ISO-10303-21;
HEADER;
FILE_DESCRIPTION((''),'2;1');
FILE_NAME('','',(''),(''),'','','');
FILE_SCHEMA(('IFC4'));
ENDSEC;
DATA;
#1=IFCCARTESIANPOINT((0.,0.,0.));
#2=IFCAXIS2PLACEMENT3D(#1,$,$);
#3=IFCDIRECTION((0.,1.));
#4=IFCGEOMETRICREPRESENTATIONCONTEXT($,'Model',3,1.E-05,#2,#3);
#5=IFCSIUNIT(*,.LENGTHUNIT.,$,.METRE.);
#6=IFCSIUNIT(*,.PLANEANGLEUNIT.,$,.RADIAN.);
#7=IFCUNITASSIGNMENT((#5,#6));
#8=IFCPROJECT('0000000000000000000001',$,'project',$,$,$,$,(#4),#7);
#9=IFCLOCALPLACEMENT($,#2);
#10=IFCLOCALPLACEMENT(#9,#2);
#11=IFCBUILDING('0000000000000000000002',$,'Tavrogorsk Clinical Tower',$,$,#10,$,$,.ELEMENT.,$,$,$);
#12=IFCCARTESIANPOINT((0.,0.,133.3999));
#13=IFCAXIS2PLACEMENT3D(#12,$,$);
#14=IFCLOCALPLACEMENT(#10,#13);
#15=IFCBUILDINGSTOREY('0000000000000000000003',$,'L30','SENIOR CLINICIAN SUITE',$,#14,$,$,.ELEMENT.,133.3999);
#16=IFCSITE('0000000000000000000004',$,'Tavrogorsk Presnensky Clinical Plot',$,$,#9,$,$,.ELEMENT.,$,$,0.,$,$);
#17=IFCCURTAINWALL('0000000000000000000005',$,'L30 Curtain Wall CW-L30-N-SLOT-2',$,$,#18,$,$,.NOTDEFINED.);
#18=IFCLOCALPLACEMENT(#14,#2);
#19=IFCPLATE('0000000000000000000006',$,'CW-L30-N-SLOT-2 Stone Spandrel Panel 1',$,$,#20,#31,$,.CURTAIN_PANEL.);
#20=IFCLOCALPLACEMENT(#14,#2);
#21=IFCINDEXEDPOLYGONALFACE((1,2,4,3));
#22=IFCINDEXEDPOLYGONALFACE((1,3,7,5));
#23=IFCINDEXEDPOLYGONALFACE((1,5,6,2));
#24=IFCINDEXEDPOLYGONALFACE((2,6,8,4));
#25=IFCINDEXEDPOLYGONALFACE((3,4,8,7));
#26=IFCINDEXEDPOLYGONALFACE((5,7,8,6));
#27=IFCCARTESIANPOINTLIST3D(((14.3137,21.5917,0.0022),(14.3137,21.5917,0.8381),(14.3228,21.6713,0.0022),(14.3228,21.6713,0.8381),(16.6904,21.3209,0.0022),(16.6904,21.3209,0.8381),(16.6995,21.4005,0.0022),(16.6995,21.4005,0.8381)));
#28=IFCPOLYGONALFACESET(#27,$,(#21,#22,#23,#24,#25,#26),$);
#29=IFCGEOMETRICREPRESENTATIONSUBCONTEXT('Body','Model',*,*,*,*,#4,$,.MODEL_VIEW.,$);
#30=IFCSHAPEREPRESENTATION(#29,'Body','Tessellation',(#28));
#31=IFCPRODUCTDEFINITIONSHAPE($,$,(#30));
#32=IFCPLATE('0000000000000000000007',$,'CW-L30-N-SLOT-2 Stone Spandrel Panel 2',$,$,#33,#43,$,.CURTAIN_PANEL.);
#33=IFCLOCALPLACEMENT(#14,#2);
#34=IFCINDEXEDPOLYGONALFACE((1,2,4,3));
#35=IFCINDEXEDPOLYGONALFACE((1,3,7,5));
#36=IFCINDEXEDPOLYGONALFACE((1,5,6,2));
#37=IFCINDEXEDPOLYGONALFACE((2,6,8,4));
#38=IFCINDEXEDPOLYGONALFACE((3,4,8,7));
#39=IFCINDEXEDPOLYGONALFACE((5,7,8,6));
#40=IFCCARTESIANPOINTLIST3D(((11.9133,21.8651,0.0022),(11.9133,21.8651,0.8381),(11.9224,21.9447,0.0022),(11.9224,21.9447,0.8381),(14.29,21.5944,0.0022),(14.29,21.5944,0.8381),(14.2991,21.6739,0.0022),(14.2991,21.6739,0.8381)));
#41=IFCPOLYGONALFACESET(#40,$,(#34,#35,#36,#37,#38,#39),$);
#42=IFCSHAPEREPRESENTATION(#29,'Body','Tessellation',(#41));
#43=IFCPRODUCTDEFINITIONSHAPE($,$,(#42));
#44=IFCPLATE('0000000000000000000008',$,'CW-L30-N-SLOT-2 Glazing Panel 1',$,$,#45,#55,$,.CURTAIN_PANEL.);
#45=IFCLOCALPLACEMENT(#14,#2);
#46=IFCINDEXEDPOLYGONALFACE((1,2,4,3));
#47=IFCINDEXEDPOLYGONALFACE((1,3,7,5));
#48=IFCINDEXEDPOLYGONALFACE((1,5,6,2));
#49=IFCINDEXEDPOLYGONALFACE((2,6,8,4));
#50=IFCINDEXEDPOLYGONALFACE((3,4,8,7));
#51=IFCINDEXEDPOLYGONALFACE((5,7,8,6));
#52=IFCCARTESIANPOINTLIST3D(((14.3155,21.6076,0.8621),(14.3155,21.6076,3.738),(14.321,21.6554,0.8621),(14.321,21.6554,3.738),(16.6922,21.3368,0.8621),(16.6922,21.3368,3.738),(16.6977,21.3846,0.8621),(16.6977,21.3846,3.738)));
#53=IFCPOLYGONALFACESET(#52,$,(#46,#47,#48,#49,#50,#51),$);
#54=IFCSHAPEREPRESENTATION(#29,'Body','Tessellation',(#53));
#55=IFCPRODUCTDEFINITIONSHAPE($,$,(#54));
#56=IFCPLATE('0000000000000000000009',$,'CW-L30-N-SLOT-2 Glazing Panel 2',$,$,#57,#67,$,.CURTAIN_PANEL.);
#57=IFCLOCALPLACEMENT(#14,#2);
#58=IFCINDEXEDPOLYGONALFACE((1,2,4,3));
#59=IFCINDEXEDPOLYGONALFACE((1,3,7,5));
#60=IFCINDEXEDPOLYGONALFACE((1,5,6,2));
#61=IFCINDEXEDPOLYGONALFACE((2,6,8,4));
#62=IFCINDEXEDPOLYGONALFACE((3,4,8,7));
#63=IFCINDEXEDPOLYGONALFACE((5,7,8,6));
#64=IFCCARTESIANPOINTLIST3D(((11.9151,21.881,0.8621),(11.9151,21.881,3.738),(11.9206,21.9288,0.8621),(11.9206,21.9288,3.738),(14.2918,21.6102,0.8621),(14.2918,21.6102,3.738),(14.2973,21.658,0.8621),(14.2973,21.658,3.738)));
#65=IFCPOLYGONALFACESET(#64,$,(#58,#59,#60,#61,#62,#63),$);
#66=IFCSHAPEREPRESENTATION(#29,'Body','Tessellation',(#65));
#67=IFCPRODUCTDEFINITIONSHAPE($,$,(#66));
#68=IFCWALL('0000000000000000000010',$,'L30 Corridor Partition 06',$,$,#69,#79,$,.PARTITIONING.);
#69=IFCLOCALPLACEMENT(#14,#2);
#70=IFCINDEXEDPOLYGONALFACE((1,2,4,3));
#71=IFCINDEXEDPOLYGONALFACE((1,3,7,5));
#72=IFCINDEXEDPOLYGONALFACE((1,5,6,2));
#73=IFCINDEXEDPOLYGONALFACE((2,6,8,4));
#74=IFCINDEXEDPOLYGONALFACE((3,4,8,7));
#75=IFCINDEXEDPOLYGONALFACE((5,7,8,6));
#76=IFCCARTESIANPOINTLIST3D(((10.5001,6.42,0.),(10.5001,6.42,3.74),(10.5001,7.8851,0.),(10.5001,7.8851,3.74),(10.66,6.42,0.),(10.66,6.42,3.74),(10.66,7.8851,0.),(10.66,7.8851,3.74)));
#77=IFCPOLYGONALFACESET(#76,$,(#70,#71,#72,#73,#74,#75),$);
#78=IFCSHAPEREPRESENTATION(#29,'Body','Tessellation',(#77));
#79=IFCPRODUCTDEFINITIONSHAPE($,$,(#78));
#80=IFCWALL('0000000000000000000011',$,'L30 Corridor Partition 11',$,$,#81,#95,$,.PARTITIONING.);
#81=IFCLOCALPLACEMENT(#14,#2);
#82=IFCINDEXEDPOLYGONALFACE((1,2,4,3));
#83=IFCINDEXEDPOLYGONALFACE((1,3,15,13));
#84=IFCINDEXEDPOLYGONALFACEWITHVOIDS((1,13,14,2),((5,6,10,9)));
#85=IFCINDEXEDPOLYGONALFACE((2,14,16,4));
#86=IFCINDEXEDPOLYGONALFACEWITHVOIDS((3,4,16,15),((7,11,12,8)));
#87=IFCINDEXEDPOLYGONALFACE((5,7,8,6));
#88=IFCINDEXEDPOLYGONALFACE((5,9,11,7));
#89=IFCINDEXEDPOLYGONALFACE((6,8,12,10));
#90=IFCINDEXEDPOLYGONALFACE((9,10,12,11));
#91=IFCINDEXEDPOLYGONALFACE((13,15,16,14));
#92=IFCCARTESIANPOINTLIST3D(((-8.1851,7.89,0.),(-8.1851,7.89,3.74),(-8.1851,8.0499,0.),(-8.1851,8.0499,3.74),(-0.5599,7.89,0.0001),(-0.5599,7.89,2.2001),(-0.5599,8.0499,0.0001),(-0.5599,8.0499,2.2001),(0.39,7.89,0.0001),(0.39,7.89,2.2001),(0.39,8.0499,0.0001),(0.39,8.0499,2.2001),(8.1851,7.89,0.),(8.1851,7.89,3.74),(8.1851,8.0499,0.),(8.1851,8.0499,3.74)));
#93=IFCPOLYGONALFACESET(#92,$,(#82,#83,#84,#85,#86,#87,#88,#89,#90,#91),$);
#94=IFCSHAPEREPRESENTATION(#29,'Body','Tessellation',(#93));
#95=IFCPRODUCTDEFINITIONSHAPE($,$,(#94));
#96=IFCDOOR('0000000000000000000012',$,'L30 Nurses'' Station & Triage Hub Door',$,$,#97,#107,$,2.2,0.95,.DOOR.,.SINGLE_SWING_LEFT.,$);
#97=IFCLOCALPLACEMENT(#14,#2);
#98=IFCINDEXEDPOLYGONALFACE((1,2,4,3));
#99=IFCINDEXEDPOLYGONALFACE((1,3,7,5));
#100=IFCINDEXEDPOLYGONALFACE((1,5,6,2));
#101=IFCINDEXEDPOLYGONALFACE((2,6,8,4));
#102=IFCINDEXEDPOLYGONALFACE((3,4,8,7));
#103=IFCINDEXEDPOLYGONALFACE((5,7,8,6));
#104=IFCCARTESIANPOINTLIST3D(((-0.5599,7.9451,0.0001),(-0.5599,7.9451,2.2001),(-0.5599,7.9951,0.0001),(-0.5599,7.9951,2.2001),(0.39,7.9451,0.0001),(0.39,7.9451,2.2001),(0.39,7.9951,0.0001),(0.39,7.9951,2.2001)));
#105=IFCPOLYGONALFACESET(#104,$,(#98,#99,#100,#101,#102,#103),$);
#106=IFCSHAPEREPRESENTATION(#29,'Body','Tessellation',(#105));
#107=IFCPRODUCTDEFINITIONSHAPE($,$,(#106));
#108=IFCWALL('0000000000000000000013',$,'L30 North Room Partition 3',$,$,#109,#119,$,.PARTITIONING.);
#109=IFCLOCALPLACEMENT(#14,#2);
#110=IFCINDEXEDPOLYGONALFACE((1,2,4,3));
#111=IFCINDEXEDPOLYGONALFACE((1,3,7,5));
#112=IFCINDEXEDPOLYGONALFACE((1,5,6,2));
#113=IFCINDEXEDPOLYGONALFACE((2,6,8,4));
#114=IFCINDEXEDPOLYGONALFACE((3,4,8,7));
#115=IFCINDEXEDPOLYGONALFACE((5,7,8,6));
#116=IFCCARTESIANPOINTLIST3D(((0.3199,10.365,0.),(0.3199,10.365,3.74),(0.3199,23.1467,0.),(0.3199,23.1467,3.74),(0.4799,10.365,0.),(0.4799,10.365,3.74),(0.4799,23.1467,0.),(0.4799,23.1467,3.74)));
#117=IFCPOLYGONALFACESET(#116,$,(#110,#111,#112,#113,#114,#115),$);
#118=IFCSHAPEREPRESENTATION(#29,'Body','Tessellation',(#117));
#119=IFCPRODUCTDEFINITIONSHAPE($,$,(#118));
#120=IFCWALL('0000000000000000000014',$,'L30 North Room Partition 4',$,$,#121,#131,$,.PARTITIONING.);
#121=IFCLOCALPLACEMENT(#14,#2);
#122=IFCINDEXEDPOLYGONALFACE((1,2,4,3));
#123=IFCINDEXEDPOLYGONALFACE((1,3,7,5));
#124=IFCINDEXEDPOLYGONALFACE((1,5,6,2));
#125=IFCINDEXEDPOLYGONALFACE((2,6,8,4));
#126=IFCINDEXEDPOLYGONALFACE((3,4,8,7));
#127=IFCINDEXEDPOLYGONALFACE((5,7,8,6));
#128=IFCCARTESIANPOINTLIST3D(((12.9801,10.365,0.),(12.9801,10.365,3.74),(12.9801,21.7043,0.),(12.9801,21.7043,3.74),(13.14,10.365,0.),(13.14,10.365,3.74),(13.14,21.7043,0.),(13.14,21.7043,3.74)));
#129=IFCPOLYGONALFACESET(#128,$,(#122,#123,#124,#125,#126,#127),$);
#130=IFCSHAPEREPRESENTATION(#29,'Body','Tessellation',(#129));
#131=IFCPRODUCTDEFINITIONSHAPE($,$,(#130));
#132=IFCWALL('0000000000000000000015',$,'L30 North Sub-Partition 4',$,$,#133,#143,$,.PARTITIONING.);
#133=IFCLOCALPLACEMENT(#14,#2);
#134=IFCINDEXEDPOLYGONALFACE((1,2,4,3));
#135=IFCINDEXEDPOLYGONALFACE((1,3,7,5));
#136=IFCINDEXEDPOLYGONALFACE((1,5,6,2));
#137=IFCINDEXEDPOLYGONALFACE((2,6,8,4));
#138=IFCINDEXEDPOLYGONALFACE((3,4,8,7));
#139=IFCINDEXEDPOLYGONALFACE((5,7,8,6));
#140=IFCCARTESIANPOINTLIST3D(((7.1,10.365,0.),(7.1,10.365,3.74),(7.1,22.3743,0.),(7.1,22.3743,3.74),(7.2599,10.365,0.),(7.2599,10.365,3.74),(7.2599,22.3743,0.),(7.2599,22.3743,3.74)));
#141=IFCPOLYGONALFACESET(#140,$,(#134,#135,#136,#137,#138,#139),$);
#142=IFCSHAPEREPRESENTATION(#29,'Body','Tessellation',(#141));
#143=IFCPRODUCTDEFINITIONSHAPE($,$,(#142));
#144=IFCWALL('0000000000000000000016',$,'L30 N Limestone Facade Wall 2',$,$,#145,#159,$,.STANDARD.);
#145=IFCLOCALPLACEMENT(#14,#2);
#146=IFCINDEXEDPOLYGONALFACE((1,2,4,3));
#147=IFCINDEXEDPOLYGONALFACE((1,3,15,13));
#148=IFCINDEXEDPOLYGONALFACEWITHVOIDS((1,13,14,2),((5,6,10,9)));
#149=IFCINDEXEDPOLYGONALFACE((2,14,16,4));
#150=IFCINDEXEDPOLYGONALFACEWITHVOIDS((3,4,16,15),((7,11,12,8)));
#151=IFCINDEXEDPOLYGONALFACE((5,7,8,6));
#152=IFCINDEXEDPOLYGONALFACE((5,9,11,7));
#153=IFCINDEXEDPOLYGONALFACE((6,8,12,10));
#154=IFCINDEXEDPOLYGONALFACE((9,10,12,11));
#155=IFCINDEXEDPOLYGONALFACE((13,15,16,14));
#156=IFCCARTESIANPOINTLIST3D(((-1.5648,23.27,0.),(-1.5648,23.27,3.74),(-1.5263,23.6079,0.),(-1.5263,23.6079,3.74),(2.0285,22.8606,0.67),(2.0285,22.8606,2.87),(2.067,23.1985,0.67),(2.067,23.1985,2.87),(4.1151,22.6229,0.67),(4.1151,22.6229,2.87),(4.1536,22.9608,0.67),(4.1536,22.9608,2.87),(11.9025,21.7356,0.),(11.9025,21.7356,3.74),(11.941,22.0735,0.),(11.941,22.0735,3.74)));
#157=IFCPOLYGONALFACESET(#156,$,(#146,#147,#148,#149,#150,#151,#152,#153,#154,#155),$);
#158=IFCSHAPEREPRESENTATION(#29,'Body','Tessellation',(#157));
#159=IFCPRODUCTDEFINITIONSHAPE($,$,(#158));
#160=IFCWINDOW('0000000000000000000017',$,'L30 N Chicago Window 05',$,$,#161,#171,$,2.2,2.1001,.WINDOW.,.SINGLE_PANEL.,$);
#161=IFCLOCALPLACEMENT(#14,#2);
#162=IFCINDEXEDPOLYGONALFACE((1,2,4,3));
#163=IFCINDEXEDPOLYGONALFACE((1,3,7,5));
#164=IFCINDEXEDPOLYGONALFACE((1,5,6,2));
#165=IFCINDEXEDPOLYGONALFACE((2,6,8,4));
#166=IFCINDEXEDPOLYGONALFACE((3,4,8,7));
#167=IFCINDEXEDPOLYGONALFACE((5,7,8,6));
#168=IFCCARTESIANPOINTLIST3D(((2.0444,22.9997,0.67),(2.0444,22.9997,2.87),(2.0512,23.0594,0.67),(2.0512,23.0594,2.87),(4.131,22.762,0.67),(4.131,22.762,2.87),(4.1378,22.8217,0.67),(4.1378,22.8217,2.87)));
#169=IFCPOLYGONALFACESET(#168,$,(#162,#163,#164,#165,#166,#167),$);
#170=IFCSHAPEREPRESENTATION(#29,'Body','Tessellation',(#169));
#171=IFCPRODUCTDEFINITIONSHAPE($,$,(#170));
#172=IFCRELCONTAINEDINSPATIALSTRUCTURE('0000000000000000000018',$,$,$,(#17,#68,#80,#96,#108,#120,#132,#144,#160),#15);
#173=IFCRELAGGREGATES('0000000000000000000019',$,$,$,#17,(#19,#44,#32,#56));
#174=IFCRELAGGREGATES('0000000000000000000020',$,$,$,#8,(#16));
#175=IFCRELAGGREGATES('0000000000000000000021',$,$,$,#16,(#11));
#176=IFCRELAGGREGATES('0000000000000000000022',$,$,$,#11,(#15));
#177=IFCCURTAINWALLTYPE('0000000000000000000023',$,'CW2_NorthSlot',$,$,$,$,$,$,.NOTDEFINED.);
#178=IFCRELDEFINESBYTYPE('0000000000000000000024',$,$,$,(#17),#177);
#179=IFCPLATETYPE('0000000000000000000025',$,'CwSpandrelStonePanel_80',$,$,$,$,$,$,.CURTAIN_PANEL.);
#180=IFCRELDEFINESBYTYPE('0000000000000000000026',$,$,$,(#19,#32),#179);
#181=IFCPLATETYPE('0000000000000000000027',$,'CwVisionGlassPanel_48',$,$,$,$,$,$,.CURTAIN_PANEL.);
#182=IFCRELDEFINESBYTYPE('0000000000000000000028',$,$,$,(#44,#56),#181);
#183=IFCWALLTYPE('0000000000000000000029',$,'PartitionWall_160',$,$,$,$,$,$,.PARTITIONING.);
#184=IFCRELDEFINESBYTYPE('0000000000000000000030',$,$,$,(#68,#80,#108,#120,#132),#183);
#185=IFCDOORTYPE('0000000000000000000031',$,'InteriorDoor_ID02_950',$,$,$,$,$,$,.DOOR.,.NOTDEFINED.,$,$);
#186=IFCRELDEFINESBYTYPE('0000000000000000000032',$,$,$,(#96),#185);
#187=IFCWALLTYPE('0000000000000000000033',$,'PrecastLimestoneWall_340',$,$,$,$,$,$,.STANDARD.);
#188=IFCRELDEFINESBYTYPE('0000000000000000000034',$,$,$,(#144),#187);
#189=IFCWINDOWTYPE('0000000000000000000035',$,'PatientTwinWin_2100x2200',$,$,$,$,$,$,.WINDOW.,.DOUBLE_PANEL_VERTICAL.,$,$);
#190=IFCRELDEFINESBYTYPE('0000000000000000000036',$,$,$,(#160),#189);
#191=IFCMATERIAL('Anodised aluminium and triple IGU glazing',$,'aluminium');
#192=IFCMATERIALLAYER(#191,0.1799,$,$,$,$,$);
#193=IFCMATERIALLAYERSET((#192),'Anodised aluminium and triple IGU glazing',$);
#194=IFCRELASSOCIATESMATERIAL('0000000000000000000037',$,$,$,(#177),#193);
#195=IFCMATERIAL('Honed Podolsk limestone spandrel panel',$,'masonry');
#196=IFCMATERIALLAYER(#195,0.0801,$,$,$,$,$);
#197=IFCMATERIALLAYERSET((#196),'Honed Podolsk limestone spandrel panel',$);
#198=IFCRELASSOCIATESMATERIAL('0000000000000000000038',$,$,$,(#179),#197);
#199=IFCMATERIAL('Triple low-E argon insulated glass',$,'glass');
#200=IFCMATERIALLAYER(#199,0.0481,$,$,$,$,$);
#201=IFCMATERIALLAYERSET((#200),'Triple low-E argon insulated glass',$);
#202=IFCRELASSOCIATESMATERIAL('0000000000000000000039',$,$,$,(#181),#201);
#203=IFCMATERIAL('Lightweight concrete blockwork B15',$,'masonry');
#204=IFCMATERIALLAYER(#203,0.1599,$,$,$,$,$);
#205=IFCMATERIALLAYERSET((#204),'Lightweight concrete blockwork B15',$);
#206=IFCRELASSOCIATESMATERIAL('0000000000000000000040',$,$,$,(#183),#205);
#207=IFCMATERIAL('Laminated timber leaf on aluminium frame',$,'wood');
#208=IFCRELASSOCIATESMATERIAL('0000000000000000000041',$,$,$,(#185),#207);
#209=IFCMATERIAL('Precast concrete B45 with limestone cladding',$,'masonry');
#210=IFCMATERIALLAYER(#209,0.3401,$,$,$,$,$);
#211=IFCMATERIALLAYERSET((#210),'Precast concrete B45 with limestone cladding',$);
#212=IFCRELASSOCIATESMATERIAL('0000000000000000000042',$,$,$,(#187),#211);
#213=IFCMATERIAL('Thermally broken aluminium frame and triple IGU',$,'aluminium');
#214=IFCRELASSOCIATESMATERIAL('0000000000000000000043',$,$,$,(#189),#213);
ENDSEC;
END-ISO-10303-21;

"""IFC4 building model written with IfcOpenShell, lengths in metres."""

from ifc_helpers import new_model, si_unit, direction, frame, frame_2d, origin, origin_2d, place, context, subcontext, project, spatial, rectangle, extrude, material, layer, layer_set, type_object, element, fill, aggregate, save


model = new_model("IFC4")

# Units and contexts
model_context = context("Model", 3, precision=1e-05, world=origin(), true_north=direction((0.0, 1.0)))
body_context = subcontext(model_context, "Body", "Model", "MODEL_VIEW")
ifc_project = project(units=[si_unit("LENGTHUNIT", "METRE"), si_unit("PLANEANGLEUNIT", "RADIAN")], contexts=[model_context])

# Site, building, storey
site_placement = place(None, origin())
site = spatial("IfcSite", under=ifc_project, at=site_placement, Name="Tavrogorsk Presnensky Clinical Plot", CompositionType="ELEMENT", RefElevation=0.0)
building_placement = place(site_placement, origin())
building = spatial("IfcBuilding", under=site, at=building_placement, Name="Tavrogorsk Clinical Tower", CompositionType="ELEMENT")
storey_placement = place(building_placement, frame((0.0, 0.0, 133.3999)))
storey = spatial("IfcBuildingStorey", under=building, at=storey_placement, Name="L30", Description="SENIOR CLINICIAN SUITE", CompositionType="ELEMENT", Elevation=133.3999)

# Curtain wall
ifc_material_1 = material(Name="Anodised aluminium and triple IGU glazing", Category="aluminium")
ifc_layer_1 = layer(ifc_material_1, 0.1799)
ifc_layer_set_1 = layer_set([ifc_layer_1], Name="Anodised aluminium and triple IGU glazing")
curtain_wall_type = type_object("IfcCurtainWallType", Name="CW2_NorthSlot", PredefinedType="NOTDEFINED", material=ifc_layer_set_1)
curtain_wall_placement = place(storey_placement, origin())
curtain_wall = element("IfcCurtainWall", 1, at=curtain_wall_placement, inside=storey, type_object=curtain_wall_type, Name="L30 Curtain Wall CW-L30-N-SLOT-2", PredefinedType="NOTDEFINED")

# Plates
ifc_material_2 = material(Name="Honed Podolsk limestone spandrel panel", Category="masonry")
ifc_layer_2 = layer(ifc_material_2, 0.0801)
ifc_layer_set_2 = layer_set([ifc_layer_2], Name="Honed Podolsk limestone spandrel panel")
plate_type_1 = type_object("IfcPlateType", Name="CwSpandrelStonePanel_80", PredefinedType="CURTAIN_PANEL", material=ifc_layer_set_2)
plate_1_placement = place(storey_placement, frame((15.5066, 21.4961, 0.0022), z_axis=(0.0, 0.0, 1.0), x_axis=(-0.993572, 0.113203, 0.0)))
plate_1 = element("IfcPlate", 2, at=plate_1_placement, type_object=plate_type_1, Name="CW-L30-N-SLOT-2 Stone Spandrel Panel 1", PredefinedType="CURTAIN_PANEL", context=body_context, shape_type="SweptSolid", body=[
    extrude(rectangle(XDim=2.3921, YDim=0.0801, at=origin_2d()), origin(), (0.0, 0.0, 1.0), 0.8359),
])
plate_2_placement = place(storey_placement, frame((13.1062, 21.7695, 0.0022), z_axis=(0.0, 0.0, 1.0), x_axis=(-0.993572, 0.113203, 0.0)))
plate_2 = element("IfcPlate", 3, at=plate_2_placement, type_object=plate_type_1, Name="CW-L30-N-SLOT-2 Stone Spandrel Panel 2", PredefinedType="CURTAIN_PANEL", context=body_context, shape_type="SweptSolid", body=[
    extrude(rectangle(XDim=2.3921, YDim=0.0801, at=origin_2d()), origin(), (0.0, 0.0, 1.0), 0.8359),
])
ifc_material_3 = material(Name="Triple low-E argon insulated glass", Category="glass")
ifc_layer_3 = layer(ifc_material_3, 0.0481)
ifc_layer_set_3 = layer_set([ifc_layer_3], Name="Triple low-E argon insulated glass")
plate_type_2 = type_object("IfcPlateType", Name="CwVisionGlassPanel_48", PredefinedType="CURTAIN_PANEL", material=ifc_layer_set_3)
plate_3_placement = place(storey_placement, frame((15.5066, 21.4961, 0.8621), z_axis=(0.0, 0.0, 1.0), x_axis=(-0.993572, 0.113203, 0.0)))
plate_3 = element("IfcPlate", 4, at=plate_3_placement, type_object=plate_type_2, Name="CW-L30-N-SLOT-2 Glazing Panel 1", PredefinedType="CURTAIN_PANEL", context=body_context, shape_type="SweptSolid", body=[
    extrude(rectangle(XDim=2.3921, YDim=0.0481, at=origin_2d()), origin(), (0.0, 0.0, 1.0), 2.876),
])
plate_4_placement = place(storey_placement, frame((13.1062, 21.7695, 0.8621), z_axis=(0.0, 0.0, 1.0), x_axis=(-0.993572, 0.113203, 0.0)))
plate_4 = element("IfcPlate", 5, at=plate_4_placement, type_object=plate_type_2, Name="CW-L30-N-SLOT-2 Glazing Panel 2", PredefinedType="CURTAIN_PANEL", context=body_context, shape_type="SweptSolid", body=[
    extrude(rectangle(XDim=2.3921, YDim=0.0481, at=origin_2d()), origin(), (0.0, 0.0, 1.0), 2.876),
])
aggregate(curtain_wall, [plate_1, plate_3, plate_2, plate_4])

# Wall
ifc_material_4 = material(Name="Lightweight concrete blockwork B15", Category="masonry")
ifc_layer_4 = layer(ifc_material_4, 0.1599)
ifc_layer_set_4 = layer_set([ifc_layer_4], Name="Lightweight concrete blockwork B15")
wall_type_1 = type_object("IfcWallType", Name="PartitionWall_160", PredefinedType="PARTITIONING", material=ifc_layer_set_4)
wall_1_placement = place(storey_placement, frame((10.5801, 7.885, 0.0), z_axis=(0.0, 0.0, 1.0), x_axis=(0.0, -1.0, 0.0)))
element("IfcWall", 6, at=wall_1_placement, inside=storey, type_object=wall_type_1, Name="L30 Corridor Partition 06", PredefinedType="PARTITIONING", context=body_context, shape_type="SweptSolid", body=[
    extrude(rectangle(XDim=1.4651, YDim=0.1599, at=frame_2d((0.7324, 0.0))), origin(), (0.0, 0.0, 1.0), 3.74),
])

# Wall, opening, door
wall_2_placement = place(storey_placement, frame((8.1851, 7.97, 0.0), z_axis=(0.0, 0.0, 1.0), x_axis=(-1.0, 0.0, 0.0)))
wall_2 = element("IfcWall", 7, at=wall_2_placement, inside=storey, type_object=wall_type_1, Name="L30 Corridor Partition 11", PredefinedType="PARTITIONING", context=body_context, shape_type="SweptSolid", body=[
    extrude(rectangle(XDim=16.3701, YDim=0.1599, at=frame_2d((8.1851, 0.0))), origin(), (0.0, 0.0, 1.0), 3.74),
])
opening_1_placement = place(wall_2_placement, frame((7.7949, 0.0, 0.0)))
opening_1 = element("IfcOpeningElement", 8, at=opening_1_placement, cuts=wall_2, PredefinedType="OPENING", context=body_context, shape_type="SweptSolid", body=[
    extrude(rectangle(XDim=0.95, YDim=2.2, at=frame_2d((0.4751, 1.1001))), frame((0.0, 0.0898, 0.0), z_axis=(0.0, -1.0, 0.0), x_axis=(1.0, 0.0, 0.0)), (0.0, 0.0, 1.0), 0.1799),
])
ifc_material_5 = material(Name="Laminated timber leaf on aluminium frame", Category="wood")
door_type = type_object("IfcDoorType", Name="InteriorDoor_ID02_950", OperationType="NOTDEFINED", PredefinedType="DOOR", material=ifc_material_5)
door_placement = place(opening_1_placement, origin())
door = element("IfcDoor", 9, at=door_placement, inside=storey, type_object=door_type, Name="L30 Nurses' Station & Triage Hub Door", OperationType="SINGLE_SWING_LEFT", OverallHeight=2.2, OverallWidth=0.95, PredefinedType="DOOR", context=body_context, shape_type="SweptSolid", body=[
    extrude(rectangle(XDim=0.95, YDim=2.2, at=frame_2d((0.4751, 1.1001))), frame((0.0, 0.0249, 0.0), z_axis=(0.0, -1.0, 0.0), x_axis=(1.0, 0.0, 0.0)), (0.0, 0.0, 1.0), 0.05),
])
fill(opening_1, door)

# Walls
wall_3_placement = place(storey_placement, frame((0.3999, 10.365, 0.0), z_axis=(0.0, 0.0, 1.0), x_axis=(0.0, 1.0, 0.0)))
element("IfcWall", 10, at=wall_3_placement, inside=storey, type_object=wall_type_1, Name="L30 North Room Partition 3", PredefinedType="PARTITIONING", context=body_context, shape_type="SweptSolid", body=[
    extrude(rectangle(XDim=12.7817, YDim=0.1599, at=frame_2d((6.3909, 0.0))), origin(), (0.0, 0.0, 1.0), 3.74),
])
wall_4_placement = place(storey_placement, frame((13.0601, 10.365, 0.0), z_axis=(0.0, 0.0, 1.0), x_axis=(0.0, 1.0, 0.0)))
element("IfcWall", 11, at=wall_4_placement, inside=storey, type_object=wall_type_1, Name="L30 North Room Partition 4", PredefinedType="PARTITIONING", context=body_context, shape_type="SweptSolid", body=[
    extrude(rectangle(XDim=11.3394, YDim=0.1599, at=frame_2d((5.6697, 0.0))), origin(), (0.0, 0.0, 1.0), 3.74),
])
wall_5_placement = place(storey_placement, frame((7.1799, 10.365, 0.0), z_axis=(0.0, 0.0, 1.0), x_axis=(0.0, 1.0, 0.0)))
element("IfcWall", 12, at=wall_5_placement, inside=storey, type_object=wall_type_1, Name="L30 North Sub-Partition 4", PredefinedType="PARTITIONING", context=body_context, shape_type="SweptSolid", body=[
    extrude(rectangle(XDim=12.0093, YDim=0.1599, at=frame_2d((6.0046, 0.0))), origin(), (0.0, 0.0, 1.0), 3.74),
])

# Wall, opening, window
ifc_material_6 = material(Name="Precast concrete B45 with limestone cladding", Category="masonry")
ifc_layer_5 = layer(ifc_material_6, 0.3401)
ifc_layer_set_5 = layer_set([ifc_layer_5], Name="Precast concrete B45 with limestone cladding")
wall_type_2 = type_object("IfcWallType", Name="PrecastLimestoneWall_340", PredefinedType="STANDARD", material=ifc_layer_set_5)
wall_6_placement = place(storey_placement, frame((11.9219, 21.9045, 0.0), z_axis=(0.0, 0.0, 1.0), x_axis=(-0.993572, 0.113205, 0.0)))
wall_6 = element("IfcWall", 13, at=wall_6_placement, inside=storey, type_object=wall_type_2, Name="L30 N Limestone Facade Wall 2", PredefinedType="STANDARD", context=body_context, shape_type="SweptSolid", body=[
    extrude(rectangle(XDim=13.5544, YDim=0.3401, at=frame_2d((6.7773, 0.0))), origin(), (0.0, 0.0, 1.0), 3.74),
])
opening_2_placement = place(wall_6_placement, frame((7.8379, 0.0, 0.6699)))
opening_2 = element("IfcOpeningElement", 14, at=opening_2_placement, cuts=wall_6, PredefinedType="OPENING", context=body_context, shape_type="SweptSolid", body=[
    extrude(rectangle(XDim=2.1001, YDim=2.2, at=frame_2d((1.05, 1.1001))), frame((0.0, 0.1799, 0.0), z_axis=(0.0, -1.0, 0.0), x_axis=(1.0, 0.0, 0.0)), (0.0, 0.0, 1.0), 0.3601),
])
ifc_material_7 = material(Name="Thermally broken aluminium frame and triple IGU", Category="aluminium")
window_type = type_object("IfcWindowType", Name="PatientTwinWin_2100x2200", PartitioningType="DOUBLE_PANEL_VERTICAL", PredefinedType="WINDOW", material=ifc_material_7)
window_placement = place(opening_2_placement, origin())
window = element("IfcWindow", 15, at=window_placement, inside=storey, type_object=window_type, Name="L30 N Chicago Window 05", OverallHeight=2.2, OverallWidth=2.1001, PartitioningType="SINGLE_PANEL", PredefinedType="WINDOW", context=body_context, shape_type="SweptSolid", body=[
    extrude(rectangle(XDim=2.1001, YDim=2.2, at=frame_2d((1.05, 1.1001))), frame((0.0, 0.03, 0.0), z_axis=(0.0, -1.0, 0.0), x_axis=(1.0, 0.0, 0.0)), (0.0, 0.0, 1.0), 0.0601),
])
fill(opening_2, window)

save(model, "model.ifc")
